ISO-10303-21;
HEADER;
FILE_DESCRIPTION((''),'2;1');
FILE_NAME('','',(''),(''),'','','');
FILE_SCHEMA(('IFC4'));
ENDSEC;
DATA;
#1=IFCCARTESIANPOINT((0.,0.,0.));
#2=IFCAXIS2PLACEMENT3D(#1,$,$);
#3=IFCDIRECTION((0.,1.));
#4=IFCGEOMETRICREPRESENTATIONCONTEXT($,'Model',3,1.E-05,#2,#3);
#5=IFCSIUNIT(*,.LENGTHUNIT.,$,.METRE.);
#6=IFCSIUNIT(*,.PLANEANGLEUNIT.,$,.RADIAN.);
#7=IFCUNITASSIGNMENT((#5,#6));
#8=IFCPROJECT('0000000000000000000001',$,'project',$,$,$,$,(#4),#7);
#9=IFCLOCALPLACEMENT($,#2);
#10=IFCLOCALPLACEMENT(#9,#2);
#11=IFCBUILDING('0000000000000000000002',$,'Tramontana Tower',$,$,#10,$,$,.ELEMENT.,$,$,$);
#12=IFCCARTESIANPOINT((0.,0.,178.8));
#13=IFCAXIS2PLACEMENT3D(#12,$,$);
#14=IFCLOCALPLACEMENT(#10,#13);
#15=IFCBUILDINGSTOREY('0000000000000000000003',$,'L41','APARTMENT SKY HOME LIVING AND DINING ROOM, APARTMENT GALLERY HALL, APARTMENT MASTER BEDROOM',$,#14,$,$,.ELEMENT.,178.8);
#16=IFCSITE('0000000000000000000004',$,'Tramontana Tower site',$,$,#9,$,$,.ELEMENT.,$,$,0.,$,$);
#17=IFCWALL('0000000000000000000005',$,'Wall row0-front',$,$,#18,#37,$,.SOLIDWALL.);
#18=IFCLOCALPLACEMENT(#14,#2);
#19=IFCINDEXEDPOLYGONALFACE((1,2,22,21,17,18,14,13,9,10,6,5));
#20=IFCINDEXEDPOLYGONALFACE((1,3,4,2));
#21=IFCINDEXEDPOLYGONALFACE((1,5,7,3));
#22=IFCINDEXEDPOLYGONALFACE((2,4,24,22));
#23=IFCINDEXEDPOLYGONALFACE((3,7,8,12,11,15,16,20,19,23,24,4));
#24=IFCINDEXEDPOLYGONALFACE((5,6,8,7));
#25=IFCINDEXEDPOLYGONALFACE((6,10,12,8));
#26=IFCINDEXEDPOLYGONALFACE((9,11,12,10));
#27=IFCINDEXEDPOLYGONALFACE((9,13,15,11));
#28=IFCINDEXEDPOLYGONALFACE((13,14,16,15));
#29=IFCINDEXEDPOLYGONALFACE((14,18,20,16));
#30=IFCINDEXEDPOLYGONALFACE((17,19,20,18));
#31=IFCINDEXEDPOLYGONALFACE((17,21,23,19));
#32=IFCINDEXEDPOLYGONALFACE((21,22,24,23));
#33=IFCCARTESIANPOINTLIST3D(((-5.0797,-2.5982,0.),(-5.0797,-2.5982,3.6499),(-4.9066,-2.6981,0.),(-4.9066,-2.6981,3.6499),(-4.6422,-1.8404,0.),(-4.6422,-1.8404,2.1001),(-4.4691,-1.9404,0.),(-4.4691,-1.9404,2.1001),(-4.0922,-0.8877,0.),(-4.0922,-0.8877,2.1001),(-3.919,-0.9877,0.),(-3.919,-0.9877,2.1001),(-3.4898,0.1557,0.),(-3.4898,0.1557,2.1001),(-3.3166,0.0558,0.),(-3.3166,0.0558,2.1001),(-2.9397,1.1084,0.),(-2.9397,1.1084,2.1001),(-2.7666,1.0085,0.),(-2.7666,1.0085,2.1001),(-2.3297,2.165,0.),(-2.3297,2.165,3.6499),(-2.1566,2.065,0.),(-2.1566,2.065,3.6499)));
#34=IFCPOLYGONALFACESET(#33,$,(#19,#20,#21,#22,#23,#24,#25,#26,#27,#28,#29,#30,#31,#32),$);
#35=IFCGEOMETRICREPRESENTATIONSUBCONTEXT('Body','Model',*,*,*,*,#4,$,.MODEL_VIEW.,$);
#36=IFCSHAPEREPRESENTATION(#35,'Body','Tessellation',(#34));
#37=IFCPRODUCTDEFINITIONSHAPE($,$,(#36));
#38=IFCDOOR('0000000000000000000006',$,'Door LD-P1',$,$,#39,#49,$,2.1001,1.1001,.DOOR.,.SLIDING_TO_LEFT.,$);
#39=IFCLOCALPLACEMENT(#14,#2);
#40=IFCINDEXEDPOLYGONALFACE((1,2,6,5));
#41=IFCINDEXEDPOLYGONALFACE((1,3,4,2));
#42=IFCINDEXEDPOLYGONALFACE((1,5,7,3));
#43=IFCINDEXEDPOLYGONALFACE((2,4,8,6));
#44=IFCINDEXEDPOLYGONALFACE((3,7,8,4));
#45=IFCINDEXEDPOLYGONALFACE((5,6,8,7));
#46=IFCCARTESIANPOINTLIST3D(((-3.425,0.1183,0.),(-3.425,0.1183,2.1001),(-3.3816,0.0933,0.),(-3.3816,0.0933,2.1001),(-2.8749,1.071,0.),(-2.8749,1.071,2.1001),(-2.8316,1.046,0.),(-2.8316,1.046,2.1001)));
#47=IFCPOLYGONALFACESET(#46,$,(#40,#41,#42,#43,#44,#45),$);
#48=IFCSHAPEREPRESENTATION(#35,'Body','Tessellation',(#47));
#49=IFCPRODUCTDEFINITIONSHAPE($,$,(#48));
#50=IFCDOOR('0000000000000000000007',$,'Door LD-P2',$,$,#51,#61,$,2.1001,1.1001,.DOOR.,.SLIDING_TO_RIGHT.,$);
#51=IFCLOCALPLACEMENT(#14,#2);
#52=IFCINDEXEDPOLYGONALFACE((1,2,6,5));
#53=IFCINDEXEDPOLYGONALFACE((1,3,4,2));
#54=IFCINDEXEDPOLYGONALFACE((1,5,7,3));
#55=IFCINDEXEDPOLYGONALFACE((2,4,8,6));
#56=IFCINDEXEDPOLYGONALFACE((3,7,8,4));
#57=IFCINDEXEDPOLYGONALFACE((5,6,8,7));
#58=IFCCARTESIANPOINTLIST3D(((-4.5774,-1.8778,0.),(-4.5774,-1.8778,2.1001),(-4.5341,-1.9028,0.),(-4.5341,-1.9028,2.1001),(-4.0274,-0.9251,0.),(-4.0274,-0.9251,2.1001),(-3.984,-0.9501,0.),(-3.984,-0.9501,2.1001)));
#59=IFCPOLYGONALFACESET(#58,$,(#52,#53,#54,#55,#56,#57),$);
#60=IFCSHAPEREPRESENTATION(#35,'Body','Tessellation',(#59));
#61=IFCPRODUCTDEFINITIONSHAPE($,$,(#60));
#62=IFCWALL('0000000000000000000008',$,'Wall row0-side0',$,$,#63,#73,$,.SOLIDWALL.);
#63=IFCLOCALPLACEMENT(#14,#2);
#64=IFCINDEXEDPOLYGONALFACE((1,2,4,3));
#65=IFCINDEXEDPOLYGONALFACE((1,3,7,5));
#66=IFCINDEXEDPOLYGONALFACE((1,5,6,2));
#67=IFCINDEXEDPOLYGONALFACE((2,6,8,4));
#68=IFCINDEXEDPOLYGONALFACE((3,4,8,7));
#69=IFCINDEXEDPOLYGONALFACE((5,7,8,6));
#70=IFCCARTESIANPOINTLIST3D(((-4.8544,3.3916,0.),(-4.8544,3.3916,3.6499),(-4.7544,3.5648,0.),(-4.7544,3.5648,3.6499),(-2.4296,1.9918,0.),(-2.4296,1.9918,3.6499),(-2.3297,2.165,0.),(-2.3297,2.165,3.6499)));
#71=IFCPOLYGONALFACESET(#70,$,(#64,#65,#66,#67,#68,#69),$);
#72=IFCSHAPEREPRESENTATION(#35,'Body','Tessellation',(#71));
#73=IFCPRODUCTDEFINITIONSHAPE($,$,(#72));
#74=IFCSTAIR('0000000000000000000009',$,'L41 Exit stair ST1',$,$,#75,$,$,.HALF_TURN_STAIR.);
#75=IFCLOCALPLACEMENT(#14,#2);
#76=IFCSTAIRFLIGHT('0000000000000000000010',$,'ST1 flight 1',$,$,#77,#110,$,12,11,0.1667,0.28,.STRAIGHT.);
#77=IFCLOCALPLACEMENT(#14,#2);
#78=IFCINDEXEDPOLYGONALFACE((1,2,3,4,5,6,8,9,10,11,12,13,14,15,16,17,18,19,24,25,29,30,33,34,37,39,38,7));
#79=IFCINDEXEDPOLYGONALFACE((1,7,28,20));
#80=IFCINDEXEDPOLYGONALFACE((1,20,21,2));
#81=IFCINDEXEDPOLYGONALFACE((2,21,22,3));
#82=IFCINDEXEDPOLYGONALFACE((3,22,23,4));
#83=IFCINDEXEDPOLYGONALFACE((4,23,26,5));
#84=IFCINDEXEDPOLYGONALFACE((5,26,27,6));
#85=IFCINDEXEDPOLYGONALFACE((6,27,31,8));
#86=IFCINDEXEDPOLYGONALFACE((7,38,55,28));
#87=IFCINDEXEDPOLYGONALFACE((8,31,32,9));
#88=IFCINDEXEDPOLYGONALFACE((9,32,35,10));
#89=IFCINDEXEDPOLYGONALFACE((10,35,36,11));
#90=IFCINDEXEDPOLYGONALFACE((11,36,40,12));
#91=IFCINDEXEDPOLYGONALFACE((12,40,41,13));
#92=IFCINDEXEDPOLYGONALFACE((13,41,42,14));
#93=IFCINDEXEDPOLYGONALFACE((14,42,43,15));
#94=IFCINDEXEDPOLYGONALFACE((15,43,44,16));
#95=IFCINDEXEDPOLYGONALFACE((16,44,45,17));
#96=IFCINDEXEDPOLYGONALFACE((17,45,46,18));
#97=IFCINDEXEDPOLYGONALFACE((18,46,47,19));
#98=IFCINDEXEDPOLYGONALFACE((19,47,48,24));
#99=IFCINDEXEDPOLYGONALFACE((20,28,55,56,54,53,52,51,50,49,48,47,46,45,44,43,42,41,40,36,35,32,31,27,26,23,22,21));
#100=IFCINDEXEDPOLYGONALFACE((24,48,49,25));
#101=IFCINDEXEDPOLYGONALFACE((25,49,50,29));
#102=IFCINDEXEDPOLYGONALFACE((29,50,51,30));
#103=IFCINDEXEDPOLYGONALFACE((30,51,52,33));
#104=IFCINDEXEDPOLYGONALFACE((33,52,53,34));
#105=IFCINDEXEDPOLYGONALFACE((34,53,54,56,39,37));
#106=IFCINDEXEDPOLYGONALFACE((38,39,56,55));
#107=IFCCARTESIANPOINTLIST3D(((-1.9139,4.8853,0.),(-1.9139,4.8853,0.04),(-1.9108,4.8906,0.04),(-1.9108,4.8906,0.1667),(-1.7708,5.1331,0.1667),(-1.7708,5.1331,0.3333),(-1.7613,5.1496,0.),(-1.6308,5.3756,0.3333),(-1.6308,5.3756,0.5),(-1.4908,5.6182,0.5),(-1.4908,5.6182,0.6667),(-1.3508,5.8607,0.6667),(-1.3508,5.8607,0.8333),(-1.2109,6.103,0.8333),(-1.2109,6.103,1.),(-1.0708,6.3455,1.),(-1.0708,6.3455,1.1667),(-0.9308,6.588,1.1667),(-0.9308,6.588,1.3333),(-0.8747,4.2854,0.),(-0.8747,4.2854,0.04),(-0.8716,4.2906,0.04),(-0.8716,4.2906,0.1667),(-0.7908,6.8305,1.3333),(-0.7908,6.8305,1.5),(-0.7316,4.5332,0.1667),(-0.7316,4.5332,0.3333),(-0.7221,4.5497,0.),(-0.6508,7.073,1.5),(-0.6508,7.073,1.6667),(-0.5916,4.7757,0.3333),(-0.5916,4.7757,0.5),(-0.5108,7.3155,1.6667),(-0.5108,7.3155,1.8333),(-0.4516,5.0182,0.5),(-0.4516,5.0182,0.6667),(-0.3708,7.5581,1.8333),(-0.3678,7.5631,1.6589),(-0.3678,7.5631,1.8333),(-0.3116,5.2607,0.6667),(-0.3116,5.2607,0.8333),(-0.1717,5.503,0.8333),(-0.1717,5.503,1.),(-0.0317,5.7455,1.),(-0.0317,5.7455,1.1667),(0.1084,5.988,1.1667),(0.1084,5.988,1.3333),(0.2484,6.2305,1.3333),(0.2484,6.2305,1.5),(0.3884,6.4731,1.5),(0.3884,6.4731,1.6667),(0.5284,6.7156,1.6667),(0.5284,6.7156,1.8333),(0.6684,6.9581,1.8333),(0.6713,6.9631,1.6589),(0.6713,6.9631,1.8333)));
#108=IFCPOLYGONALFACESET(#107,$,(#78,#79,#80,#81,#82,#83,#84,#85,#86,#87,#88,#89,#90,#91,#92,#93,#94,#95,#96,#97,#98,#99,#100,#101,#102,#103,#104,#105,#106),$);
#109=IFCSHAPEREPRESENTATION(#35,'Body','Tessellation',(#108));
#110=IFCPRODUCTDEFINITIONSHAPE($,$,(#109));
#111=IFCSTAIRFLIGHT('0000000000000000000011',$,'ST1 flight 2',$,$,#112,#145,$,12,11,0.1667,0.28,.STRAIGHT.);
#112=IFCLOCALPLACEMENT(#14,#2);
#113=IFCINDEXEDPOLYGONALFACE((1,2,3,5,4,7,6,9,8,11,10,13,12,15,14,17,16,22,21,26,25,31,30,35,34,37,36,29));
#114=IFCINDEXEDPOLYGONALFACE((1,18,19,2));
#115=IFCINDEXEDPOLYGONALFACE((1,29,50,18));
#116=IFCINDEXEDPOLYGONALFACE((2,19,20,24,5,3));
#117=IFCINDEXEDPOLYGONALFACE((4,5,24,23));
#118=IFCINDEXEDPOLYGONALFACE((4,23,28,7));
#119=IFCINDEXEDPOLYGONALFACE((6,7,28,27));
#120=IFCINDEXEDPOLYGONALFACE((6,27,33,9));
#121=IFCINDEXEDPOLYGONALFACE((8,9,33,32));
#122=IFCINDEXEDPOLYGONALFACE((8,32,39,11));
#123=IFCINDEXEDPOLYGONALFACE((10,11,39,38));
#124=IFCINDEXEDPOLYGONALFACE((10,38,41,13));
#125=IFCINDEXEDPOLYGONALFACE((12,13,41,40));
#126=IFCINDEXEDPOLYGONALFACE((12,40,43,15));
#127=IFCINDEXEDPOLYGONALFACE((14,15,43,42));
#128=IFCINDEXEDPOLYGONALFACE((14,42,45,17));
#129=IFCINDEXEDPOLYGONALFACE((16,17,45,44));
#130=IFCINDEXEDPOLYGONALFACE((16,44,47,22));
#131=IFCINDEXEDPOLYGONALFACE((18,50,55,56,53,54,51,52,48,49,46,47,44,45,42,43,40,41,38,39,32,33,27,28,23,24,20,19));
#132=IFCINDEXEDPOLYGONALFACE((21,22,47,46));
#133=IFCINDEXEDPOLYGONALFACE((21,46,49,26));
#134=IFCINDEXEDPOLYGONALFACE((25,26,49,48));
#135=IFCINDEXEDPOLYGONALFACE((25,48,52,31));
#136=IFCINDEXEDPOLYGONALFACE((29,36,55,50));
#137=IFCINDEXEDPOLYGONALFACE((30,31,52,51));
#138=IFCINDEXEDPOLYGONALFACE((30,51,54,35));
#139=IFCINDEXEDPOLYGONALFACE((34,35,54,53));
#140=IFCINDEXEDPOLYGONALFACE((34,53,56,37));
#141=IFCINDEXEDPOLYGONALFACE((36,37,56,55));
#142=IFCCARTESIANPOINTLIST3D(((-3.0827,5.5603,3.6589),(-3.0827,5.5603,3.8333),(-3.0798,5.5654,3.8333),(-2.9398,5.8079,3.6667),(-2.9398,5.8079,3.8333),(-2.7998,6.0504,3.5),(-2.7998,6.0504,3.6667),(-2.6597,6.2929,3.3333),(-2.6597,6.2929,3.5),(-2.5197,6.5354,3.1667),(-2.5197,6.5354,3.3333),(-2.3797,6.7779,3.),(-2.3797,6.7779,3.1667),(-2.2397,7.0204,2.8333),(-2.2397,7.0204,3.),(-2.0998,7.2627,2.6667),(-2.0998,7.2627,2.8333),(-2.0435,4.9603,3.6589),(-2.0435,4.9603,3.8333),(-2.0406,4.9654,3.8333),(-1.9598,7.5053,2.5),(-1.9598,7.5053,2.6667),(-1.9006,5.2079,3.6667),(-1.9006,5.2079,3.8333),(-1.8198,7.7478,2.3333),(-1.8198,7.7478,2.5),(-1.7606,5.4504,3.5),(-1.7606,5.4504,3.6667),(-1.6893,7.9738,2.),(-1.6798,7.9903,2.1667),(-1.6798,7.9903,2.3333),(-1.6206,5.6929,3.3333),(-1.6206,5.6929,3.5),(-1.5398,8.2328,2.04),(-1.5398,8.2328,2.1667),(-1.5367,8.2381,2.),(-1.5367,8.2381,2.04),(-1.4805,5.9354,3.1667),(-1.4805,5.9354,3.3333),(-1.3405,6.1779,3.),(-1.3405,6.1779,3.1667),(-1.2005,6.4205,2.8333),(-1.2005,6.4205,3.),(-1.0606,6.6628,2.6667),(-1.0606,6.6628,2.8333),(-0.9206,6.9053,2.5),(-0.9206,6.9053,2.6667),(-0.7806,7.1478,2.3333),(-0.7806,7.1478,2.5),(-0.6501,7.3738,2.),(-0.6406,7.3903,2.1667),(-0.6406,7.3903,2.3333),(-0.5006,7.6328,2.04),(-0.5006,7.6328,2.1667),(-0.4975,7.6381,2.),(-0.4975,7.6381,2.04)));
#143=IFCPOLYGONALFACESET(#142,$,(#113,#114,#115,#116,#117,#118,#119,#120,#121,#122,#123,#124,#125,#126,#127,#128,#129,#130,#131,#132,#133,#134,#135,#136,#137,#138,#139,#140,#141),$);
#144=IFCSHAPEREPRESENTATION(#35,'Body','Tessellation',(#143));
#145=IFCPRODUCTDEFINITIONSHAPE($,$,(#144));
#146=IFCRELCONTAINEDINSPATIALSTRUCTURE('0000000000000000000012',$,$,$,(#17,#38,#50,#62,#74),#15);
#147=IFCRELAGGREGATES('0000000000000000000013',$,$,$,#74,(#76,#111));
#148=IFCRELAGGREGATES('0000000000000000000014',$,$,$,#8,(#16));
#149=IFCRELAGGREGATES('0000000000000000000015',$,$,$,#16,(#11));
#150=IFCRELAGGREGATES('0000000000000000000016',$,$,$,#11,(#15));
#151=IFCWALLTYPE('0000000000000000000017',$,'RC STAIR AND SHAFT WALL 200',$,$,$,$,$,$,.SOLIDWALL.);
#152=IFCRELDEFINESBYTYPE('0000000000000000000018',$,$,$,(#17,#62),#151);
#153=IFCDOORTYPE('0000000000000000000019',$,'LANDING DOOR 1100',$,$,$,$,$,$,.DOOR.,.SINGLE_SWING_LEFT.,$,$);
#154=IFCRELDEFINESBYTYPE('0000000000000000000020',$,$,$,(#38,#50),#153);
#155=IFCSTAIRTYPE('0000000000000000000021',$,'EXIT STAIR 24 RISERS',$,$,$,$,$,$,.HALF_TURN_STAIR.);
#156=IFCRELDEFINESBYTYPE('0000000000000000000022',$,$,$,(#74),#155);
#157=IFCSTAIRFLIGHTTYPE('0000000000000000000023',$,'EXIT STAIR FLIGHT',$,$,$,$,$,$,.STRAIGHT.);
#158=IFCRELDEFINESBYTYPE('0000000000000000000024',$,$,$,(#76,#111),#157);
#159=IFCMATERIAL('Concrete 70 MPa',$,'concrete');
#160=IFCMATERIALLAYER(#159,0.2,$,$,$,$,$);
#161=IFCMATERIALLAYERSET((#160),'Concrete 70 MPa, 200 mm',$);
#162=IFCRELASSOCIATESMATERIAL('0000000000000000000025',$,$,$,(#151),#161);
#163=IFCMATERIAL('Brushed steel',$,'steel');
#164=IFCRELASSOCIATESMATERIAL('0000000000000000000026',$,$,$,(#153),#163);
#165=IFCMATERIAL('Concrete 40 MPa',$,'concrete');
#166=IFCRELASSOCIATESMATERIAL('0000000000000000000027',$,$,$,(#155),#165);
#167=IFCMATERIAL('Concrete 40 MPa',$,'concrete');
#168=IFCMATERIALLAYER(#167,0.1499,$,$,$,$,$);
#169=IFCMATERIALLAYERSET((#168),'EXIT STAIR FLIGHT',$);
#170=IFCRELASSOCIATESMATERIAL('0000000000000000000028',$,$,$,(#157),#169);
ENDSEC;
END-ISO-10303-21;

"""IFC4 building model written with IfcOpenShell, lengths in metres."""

from ifc_helpers import new_model, si_unit, direction, frame, frame_2d, origin, place, context, subcontext, project, spatial, polyline, rectangle, outline, extrude, material, layer, layer_set, type_object, element, fill, aggregate, save


model = new_model("IFC4")

# Units and contexts
model_context = context("Model", 3, precision=1e-05, world=origin(), true_north=direction((0.0, 1.0)))
body_context = subcontext(model_context, "Body", "Model", "MODEL_VIEW")
ifc_project = project(units=[si_unit("LENGTHUNIT", "METRE"), si_unit("PLANEANGLEUNIT", "RADIAN")], contexts=[model_context])

# Site, building, storey
site_placement = place(None, origin())
site = spatial("IfcSite", under=ifc_project, at=site_placement, Name="Tramontana Tower site", CompositionType="ELEMENT", RefElevation=0.0)
building_placement = place(site_placement, origin())
building = spatial("IfcBuilding", under=site, at=building_placement, Name="Tramontana Tower", CompositionType="ELEMENT")
storey_placement = place(building_placement, frame((0.0, 0.0, 178.8)))
storey = spatial("IfcBuildingStorey", under=building, at=storey_placement, Name="L41", Description="APARTMENT SKY HOME LIVING AND DINING ROOM, APARTMENT GALLERY HALL, APARTMENT MASTER BEDROOM", CompositionType="ELEMENT", Elevation=178.8)

# Shared definitions
ifc_material_1 = material(Name="Concrete 70 MPa", Category="concrete")
ifc_layer_1 = layer(ifc_material_1, 0.2)
ifc_layer_set_1 = layer_set([ifc_layer_1], Name="Concrete 70 MPa, 200 mm")
wall_type_1 = type_object("IfcWallType", Name="RC STAIR AND SHAFT WALL 200", PredefinedType="SOLIDWALL", material=ifc_layer_set_1)

# Wall, openings, doors
wall_1_placement = place(storey_placement, frame((-2.2432, 2.115, 0.0), z_axis=(0.0, 0.0, 1.0), x_axis=(-0.499997, -0.866027, 0.0)))
wall_1 = element("IfcWall", 1, at=wall_1_placement, inside=storey, type_object=wall_type_1, Name="Wall row0-front", PredefinedType="SOLIDWALL", context=body_context, shape_type="SweptSolid", body=[
    extrude(rectangle(XDim=5.5, YDim=0.2, at=frame_2d((2.75, 0.0))), origin(), (0.0, 0.0, 1.0), 3.6499),
])
opening_1_placement = place(wall_1_placement, frame((1.22, 0.0, 0.0)))
opening_1 = element("IfcOpeningElement", 2, at=opening_1_placement, cuts=wall_1, PredefinedType="OPENING", context=body_context, shape_type="SweptSolid", body=[
    extrude(rectangle(XDim=1.1001, YDim=2.1001, at=frame_2d((0.55, 1.05))), frame((0.0, 0.1099, 0.0), z_axis=(0.0, -1.0, 0.0), x_axis=(1.0, 0.0, 0.0)), (0.0, 0.0, 1.0), 0.22),
])
opening_2_placement = place(wall_1_placement, frame((3.5249, 0.0, 0.0)))
opening_2 = element("IfcOpeningElement", 3, at=opening_2_placement, cuts=wall_1, PredefinedType="OPENING", context=body_context, shape_type="SweptSolid", body=[
    extrude(rectangle(XDim=1.1001, YDim=2.1001, at=frame_2d((0.55, 1.05))), frame((0.0, 0.1099, 0.0), z_axis=(0.0, -1.0, 0.0), x_axis=(1.0, 0.0, 0.0)), (0.0, 0.0, 1.0), 0.22),
])
ifc_material_2 = material(Name="Brushed steel", Category="steel")
door_type_1 = type_object("IfcDoorType", Name="LANDING DOOR 1100", OperationType="SINGLE_SWING_LEFT", PredefinedType="DOOR", material=ifc_material_2)
door_1_placement = place(opening_1_placement, origin())
door_1 = element("IfcDoor", 4, at=door_1_placement, inside=storey, type_object=door_type_1, Name="Door LD-P1", OperationType="SLIDING_TO_LEFT", OverallHeight=2.1001, OverallWidth=1.1001, PredefinedType="DOOR", context=body_context, shape_type="SweptSolid", body=[
    extrude(rectangle(XDim=1.1001, YDim=2.1001, at=frame_2d((0.55, 1.05))), frame((0.0, 0.0249, 0.0), z_axis=(0.0, -1.0, 0.0), x_axis=(1.0, 0.0, 0.0)), (0.0, 0.0, 1.0), 0.05),
])
fill(opening_1, door_1)
door_2_placement = place(opening_2_placement, origin())
door_2 = element("IfcDoor", 5, at=door_2_placement, inside=storey, type_object=door_type_1, Name="Door LD-P2", OperationType="SLIDING_TO_RIGHT", OverallHeight=2.1001, OverallWidth=1.1001, PredefinedType="DOOR", context=body_context, shape_type="SweptSolid", body=[
    extrude(rectangle(XDim=1.1001, YDim=2.1001, at=frame_2d((0.55, 1.05))), frame((0.0, 0.0249, 0.0), z_axis=(0.0, -1.0, 0.0), x_axis=(1.0, 0.0, 0.0)), (0.0, 0.0, 1.0), 0.05),
])
fill(opening_2, door_2)

# Wall
wall_2_placement = place(storey_placement, frame((-2.3796, 2.0784, 0.0), z_axis=(0.0, 0.0, 1.0), x_axis=(-0.866035, 0.499984, 0.0)))
element("IfcWall", 6, at=wall_2_placement, inside=storey, type_object=wall_type_1, Name="Wall row0-side0", PredefinedType="SOLIDWALL", context=body_context, shape_type="SweptSolid", body=[
    extrude(rectangle(XDim=2.7998, YDim=0.2, at=frame_2d((1.3999, 0.0))), origin(), (0.0, 0.0, 1.0), 3.6499),
])

# Stair, stair flights
ifc_material_3 = material(Name="Concrete 40 MPa", Category="concrete")
stair_type = type_object("IfcStairType", Name="EXIT STAIR 24 RISERS", PredefinedType="HALF_TURN_STAIR", material=ifc_material_3)
stair_placement = place(storey_placement, origin())
stair = element("IfcStair", 7, at=stair_placement, inside=storey, type_object=stair_type, Name="L41 Exit stair ST1", PredefinedType="HALF_TURN_STAIR")
ifc_material_4 = material(Name="Concrete 40 MPa", Category="concrete")
ifc_layer_2 = layer(ifc_material_4, 0.1499)
ifc_layer_set_2 = layer_set([ifc_layer_2], Name="EXIT STAIR FLIGHT")
stair_flight_type = type_object("IfcStairFlightType", Name="EXIT STAIR FLIGHT", PredefinedType="STRAIGHT", material=ifc_layer_set_2)
stair_flight_1_placement = place(storey_placement, frame((-1.3911, 4.5906, 0.0), z_axis=(0.0, 0.0, 1.0), x_axis=(0.5, 0.866025, 0.0)))
stair_flight_1 = element("IfcStairFlight", 8, at=stair_flight_1_placement, type_object=stair_flight_type, Name="ST1 flight 1", NumberOfRisers=12, NumberOfTreads=11, PredefinedType="STRAIGHT", RiserHeight=0.1667, TreadLength=0.28, context=body_context, shape_type="SweptSolid", body=[
    extrude(outline(polyline([(-0.0061, 0.0), (-0.0061, 0.04), (0.0, 0.04), (0.0, 0.1667), (0.28, 0.1667), (0.28, 0.3333), (0.5601, 0.3333), (0.5601, 0.5), (0.8401, 0.5), (0.8401, 0.6667), (1.1201, 0.6667), (1.1201, 0.8333), (1.3999, 0.8333), (1.3999, 1.0), (1.6799, 1.0), (1.6799, 1.1667), (1.96, 1.1667), (1.96, 1.3333), (2.24, 1.3333), (2.24, 1.5), (2.52, 1.5), (2.52, 1.6667), (2.8, 1.6667), (2.8, 1.8333), (3.0801, 1.8333), (3.0859, 1.8333), (3.0859, 1.6589), (0.2991, 0.0), (-0.0061, 0.0)])), frame((0.0, 0.6001, 0.0), z_axis=(0.0, -1.0, 0.0), x_axis=(1.0, 0.0, 0.0)), (0.0, 0.0, 1.0), 1.2),
])
stair_flight_2_placement = place(storey_placement, frame((-1.0203, 7.9329, 2.0), z_axis=(0.0, 0.0, 1.0), x_axis=(-0.5, -0.866025, 0.0)))
stair_flight_2 = element("IfcStairFlight", 9, at=stair_flight_2_placement, type_object=stair_flight_type, Name="ST1 flight 2", NumberOfRisers=12, NumberOfTreads=11, PredefinedType="STRAIGHT", RiserHeight=0.1667, TreadLength=0.28, context=body_context, shape_type="SweptSolid", body=[
    extrude(outline(polyline([(-0.0061, 0.0), (-0.0061, 0.04), (0.0, 0.04), (0.0, 0.1667), (0.28, 0.1667), (0.28, 0.3333), (0.5601, 0.3333), (0.5601, 0.5), (0.8401, 0.5), (0.8401, 0.6667), (1.1201, 0.6667), (1.1201, 0.8333), (1.3999, 0.8333), (1.3999, 1.0), (1.6799, 1.0), (1.6799, 1.1667), (1.96, 1.1667), (1.96, 1.3333), (2.24, 1.3333), (2.24, 1.5), (2.52, 1.5), (2.52, 1.6667), (2.8, 1.6667), (2.8, 1.8333), (3.0801, 1.8333), (3.0859, 1.8333), (3.0859, 1.6589), (0.2991, 0.0), (-0.0061, 0.0)])), frame((0.0, 0.6001, 0.0), z_axis=(0.0, -1.0, 0.0), x_axis=(1.0, 0.0, 0.0)), (0.0, 0.0, 1.0), 1.2),
])
aggregate(stair, [stair_flight_1, stair_flight_2])

save(model, "model.ifc")
